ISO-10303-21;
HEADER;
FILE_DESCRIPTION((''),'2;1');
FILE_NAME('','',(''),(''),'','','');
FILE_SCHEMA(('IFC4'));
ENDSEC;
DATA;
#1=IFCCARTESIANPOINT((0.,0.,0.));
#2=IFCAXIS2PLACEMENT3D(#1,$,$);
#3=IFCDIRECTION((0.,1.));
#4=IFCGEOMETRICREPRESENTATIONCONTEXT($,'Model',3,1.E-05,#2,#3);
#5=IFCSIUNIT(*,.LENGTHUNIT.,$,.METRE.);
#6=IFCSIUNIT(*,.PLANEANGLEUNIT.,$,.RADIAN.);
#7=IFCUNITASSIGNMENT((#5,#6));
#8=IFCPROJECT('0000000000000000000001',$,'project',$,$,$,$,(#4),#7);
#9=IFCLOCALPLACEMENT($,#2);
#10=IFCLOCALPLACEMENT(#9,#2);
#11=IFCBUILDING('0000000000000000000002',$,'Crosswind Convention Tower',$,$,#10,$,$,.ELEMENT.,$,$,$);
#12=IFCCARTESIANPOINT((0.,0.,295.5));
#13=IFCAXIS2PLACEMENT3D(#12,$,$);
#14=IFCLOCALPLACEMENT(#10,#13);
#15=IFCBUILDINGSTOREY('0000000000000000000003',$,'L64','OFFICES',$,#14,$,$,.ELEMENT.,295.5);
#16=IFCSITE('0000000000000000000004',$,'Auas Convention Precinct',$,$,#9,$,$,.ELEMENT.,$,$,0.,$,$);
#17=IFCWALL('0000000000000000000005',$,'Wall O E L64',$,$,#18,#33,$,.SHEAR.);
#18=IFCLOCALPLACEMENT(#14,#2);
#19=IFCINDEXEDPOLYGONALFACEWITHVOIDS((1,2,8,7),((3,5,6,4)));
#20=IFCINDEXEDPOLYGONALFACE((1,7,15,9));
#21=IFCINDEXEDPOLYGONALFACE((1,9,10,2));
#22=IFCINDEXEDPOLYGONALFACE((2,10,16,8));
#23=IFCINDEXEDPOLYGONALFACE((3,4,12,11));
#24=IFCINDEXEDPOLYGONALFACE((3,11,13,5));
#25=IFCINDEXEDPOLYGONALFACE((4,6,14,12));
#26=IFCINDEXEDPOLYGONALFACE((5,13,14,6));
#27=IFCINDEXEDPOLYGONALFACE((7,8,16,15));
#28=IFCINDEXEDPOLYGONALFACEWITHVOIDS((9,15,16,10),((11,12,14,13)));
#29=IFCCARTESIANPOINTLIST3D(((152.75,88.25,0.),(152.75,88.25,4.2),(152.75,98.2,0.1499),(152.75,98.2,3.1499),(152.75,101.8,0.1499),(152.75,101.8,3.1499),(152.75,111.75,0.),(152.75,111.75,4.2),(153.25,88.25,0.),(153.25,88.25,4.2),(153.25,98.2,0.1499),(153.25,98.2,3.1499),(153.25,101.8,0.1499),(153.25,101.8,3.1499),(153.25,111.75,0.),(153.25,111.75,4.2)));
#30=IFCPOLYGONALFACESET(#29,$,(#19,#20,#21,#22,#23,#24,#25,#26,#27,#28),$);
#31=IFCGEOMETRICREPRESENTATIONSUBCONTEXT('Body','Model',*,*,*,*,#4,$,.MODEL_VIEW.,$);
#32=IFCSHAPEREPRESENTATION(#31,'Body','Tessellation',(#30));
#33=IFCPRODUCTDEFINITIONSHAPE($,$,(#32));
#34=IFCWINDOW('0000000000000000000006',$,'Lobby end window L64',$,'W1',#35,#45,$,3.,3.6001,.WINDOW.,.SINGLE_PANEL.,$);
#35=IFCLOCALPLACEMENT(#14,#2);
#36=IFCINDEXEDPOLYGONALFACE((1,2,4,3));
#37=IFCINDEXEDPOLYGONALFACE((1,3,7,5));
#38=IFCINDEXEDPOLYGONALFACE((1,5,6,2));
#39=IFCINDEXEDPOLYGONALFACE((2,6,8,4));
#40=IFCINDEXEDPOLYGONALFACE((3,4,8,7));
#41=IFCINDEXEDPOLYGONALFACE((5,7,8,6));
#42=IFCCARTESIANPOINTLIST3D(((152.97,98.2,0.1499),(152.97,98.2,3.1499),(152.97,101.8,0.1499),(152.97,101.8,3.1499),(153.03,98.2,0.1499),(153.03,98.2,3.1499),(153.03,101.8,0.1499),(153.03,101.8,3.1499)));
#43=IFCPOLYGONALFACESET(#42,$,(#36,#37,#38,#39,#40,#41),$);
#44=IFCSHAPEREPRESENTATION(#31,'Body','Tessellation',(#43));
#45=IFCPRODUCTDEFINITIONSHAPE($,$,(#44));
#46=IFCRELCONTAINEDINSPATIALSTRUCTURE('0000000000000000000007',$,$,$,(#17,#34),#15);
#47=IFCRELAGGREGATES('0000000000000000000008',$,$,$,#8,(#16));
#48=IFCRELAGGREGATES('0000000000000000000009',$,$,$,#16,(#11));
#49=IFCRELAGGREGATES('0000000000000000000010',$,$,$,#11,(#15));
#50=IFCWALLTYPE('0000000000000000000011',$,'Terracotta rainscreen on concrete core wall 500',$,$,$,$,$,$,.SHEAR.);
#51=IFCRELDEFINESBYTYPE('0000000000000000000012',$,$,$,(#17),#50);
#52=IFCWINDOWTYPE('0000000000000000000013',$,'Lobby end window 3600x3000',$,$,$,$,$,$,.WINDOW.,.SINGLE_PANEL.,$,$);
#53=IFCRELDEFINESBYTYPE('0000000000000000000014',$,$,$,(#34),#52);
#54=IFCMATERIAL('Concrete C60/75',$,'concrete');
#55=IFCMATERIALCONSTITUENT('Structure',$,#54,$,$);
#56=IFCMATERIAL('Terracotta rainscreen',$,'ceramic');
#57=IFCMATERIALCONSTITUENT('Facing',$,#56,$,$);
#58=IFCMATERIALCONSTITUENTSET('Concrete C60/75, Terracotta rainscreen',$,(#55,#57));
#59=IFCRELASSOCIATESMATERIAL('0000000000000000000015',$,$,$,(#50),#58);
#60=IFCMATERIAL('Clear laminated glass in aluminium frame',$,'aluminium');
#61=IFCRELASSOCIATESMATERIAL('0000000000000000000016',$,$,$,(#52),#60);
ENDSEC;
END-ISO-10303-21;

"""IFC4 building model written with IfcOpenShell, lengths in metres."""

from ifc_helpers import new_model, si_unit, direction, frame, frame_2d, origin, place, context, subcontext, project, spatial, rectangle, extrude, material, constituent, constituent_set, type_object, element, fill, save


model = new_model("IFC4")

# Units and contexts
model_context = context("Model", 3, precision=1e-05, world=origin(), true_north=direction((0.0, 1.0)))
body_context = subcontext(model_context, "Body", "Model", "MODEL_VIEW")
ifc_project = project(units=[si_unit("LENGTHUNIT", "METRE"), si_unit("PLANEANGLEUNIT", "RADIAN")], contexts=[model_context])

# Site, building, storey
site_placement = place(None, origin())
site = spatial("IfcSite", under=ifc_project, at=site_placement, Name="Auas Convention Precinct", CompositionType="ELEMENT", RefElevation=0.0)
building_placement = place(site_placement, origin())
building = spatial("IfcBuilding", under=site, at=building_placement, Name="Crosswind Convention Tower", CompositionType="ELEMENT")
storey_placement = place(building_placement, frame((0.0, 0.0, 295.5)))
storey = spatial("IfcBuildingStorey", under=building, at=storey_placement, Name="L64", Description="OFFICES", CompositionType="ELEMENT", Elevation=295.5)

# Wall, opening, window
ifc_material_1 = material(Name="Concrete C60/75", Category="concrete")
ifc_constituent_1 = constituent(ifc_material_1, Name="Structure")
ifc_material_2 = material(Name="Terracotta rainscreen", Category="ceramic")
ifc_constituent_2 = constituent(ifc_material_2, Name="Facing")
ifc_constituent_set = constituent_set(constituents=[ifc_constituent_1, ifc_constituent_2], Name="Concrete C60/75, Terracotta rainscreen")
wall_type_1 = type_object("IfcWallType", Name="Terracotta rainscreen on concrete core wall 500", PredefinedType="SHEAR", material=ifc_constituent_set)
wall_1_placement = place(storey_placement, frame((153.0, 88.25, 0.0), z_axis=(0.0, 0.0, 1.0), x_axis=(0.0, 1.0, 0.0)))
wall_1 = element("IfcWall", 1, at=wall_1_placement, inside=storey, type_object=wall_type_1, Name="Wall O E L64", PredefinedType="SHEAR", context=body_context, shape_type="SweptSolid", body=[
    extrude(rectangle(XDim=23.5, YDim=0.5, at=frame_2d((11.75, 0.0))), origin(), (0.0, 0.0, 1.0), 4.2),
])
opening_1_placement = place(wall_1_placement, frame((9.95, 0.0, 0.1499)))
opening_1 = element("IfcOpeningElement", 2, at=opening_1_placement, cuts=wall_1, PredefinedType="OPENING", context=body_context, shape_type="SweptSolid", body=[
    extrude(rectangle(XDim=3.6001, YDim=3.0, at=frame_2d((1.8, 1.5))), frame((0.0, 0.26, 0.0), z_axis=(0.0, -1.0, 0.0), x_axis=(1.0, 0.0, 0.0)), (0.0, 0.0, 1.0), 0.52),
])
ifc_material_3 = material(Name="Clear laminated glass in aluminium frame", Category="aluminium")
window_type = type_object("IfcWindowType", Name="Lobby end window 3600x3000", PartitioningType="SINGLE_PANEL", PredefinedType="WINDOW", material=ifc_material_3)
window_placement = place(opening_1_placement, origin())
window = element("IfcWindow", 3, at=window_placement, inside=storey, type_object=window_type, Name="Lobby end window L64", ObjectType="W1", OverallHeight=3.0, OverallWidth=3.6001, PartitioningType="SINGLE_PANEL", PredefinedType="WINDOW", context=body_context, shape_type="SweptSolid", body=[
    extrude(rectangle(XDim=3.6001, YDim=3.0, at=frame_2d((1.8, 1.5))), frame((0.0, 0.03, 0.0), z_axis=(0.0, -1.0, 0.0), x_axis=(1.0, 0.0, 0.0)), (0.0, 0.0, 1.0), 0.0601),
])
fill(opening_1, window)

save(model, "model.ifc")
